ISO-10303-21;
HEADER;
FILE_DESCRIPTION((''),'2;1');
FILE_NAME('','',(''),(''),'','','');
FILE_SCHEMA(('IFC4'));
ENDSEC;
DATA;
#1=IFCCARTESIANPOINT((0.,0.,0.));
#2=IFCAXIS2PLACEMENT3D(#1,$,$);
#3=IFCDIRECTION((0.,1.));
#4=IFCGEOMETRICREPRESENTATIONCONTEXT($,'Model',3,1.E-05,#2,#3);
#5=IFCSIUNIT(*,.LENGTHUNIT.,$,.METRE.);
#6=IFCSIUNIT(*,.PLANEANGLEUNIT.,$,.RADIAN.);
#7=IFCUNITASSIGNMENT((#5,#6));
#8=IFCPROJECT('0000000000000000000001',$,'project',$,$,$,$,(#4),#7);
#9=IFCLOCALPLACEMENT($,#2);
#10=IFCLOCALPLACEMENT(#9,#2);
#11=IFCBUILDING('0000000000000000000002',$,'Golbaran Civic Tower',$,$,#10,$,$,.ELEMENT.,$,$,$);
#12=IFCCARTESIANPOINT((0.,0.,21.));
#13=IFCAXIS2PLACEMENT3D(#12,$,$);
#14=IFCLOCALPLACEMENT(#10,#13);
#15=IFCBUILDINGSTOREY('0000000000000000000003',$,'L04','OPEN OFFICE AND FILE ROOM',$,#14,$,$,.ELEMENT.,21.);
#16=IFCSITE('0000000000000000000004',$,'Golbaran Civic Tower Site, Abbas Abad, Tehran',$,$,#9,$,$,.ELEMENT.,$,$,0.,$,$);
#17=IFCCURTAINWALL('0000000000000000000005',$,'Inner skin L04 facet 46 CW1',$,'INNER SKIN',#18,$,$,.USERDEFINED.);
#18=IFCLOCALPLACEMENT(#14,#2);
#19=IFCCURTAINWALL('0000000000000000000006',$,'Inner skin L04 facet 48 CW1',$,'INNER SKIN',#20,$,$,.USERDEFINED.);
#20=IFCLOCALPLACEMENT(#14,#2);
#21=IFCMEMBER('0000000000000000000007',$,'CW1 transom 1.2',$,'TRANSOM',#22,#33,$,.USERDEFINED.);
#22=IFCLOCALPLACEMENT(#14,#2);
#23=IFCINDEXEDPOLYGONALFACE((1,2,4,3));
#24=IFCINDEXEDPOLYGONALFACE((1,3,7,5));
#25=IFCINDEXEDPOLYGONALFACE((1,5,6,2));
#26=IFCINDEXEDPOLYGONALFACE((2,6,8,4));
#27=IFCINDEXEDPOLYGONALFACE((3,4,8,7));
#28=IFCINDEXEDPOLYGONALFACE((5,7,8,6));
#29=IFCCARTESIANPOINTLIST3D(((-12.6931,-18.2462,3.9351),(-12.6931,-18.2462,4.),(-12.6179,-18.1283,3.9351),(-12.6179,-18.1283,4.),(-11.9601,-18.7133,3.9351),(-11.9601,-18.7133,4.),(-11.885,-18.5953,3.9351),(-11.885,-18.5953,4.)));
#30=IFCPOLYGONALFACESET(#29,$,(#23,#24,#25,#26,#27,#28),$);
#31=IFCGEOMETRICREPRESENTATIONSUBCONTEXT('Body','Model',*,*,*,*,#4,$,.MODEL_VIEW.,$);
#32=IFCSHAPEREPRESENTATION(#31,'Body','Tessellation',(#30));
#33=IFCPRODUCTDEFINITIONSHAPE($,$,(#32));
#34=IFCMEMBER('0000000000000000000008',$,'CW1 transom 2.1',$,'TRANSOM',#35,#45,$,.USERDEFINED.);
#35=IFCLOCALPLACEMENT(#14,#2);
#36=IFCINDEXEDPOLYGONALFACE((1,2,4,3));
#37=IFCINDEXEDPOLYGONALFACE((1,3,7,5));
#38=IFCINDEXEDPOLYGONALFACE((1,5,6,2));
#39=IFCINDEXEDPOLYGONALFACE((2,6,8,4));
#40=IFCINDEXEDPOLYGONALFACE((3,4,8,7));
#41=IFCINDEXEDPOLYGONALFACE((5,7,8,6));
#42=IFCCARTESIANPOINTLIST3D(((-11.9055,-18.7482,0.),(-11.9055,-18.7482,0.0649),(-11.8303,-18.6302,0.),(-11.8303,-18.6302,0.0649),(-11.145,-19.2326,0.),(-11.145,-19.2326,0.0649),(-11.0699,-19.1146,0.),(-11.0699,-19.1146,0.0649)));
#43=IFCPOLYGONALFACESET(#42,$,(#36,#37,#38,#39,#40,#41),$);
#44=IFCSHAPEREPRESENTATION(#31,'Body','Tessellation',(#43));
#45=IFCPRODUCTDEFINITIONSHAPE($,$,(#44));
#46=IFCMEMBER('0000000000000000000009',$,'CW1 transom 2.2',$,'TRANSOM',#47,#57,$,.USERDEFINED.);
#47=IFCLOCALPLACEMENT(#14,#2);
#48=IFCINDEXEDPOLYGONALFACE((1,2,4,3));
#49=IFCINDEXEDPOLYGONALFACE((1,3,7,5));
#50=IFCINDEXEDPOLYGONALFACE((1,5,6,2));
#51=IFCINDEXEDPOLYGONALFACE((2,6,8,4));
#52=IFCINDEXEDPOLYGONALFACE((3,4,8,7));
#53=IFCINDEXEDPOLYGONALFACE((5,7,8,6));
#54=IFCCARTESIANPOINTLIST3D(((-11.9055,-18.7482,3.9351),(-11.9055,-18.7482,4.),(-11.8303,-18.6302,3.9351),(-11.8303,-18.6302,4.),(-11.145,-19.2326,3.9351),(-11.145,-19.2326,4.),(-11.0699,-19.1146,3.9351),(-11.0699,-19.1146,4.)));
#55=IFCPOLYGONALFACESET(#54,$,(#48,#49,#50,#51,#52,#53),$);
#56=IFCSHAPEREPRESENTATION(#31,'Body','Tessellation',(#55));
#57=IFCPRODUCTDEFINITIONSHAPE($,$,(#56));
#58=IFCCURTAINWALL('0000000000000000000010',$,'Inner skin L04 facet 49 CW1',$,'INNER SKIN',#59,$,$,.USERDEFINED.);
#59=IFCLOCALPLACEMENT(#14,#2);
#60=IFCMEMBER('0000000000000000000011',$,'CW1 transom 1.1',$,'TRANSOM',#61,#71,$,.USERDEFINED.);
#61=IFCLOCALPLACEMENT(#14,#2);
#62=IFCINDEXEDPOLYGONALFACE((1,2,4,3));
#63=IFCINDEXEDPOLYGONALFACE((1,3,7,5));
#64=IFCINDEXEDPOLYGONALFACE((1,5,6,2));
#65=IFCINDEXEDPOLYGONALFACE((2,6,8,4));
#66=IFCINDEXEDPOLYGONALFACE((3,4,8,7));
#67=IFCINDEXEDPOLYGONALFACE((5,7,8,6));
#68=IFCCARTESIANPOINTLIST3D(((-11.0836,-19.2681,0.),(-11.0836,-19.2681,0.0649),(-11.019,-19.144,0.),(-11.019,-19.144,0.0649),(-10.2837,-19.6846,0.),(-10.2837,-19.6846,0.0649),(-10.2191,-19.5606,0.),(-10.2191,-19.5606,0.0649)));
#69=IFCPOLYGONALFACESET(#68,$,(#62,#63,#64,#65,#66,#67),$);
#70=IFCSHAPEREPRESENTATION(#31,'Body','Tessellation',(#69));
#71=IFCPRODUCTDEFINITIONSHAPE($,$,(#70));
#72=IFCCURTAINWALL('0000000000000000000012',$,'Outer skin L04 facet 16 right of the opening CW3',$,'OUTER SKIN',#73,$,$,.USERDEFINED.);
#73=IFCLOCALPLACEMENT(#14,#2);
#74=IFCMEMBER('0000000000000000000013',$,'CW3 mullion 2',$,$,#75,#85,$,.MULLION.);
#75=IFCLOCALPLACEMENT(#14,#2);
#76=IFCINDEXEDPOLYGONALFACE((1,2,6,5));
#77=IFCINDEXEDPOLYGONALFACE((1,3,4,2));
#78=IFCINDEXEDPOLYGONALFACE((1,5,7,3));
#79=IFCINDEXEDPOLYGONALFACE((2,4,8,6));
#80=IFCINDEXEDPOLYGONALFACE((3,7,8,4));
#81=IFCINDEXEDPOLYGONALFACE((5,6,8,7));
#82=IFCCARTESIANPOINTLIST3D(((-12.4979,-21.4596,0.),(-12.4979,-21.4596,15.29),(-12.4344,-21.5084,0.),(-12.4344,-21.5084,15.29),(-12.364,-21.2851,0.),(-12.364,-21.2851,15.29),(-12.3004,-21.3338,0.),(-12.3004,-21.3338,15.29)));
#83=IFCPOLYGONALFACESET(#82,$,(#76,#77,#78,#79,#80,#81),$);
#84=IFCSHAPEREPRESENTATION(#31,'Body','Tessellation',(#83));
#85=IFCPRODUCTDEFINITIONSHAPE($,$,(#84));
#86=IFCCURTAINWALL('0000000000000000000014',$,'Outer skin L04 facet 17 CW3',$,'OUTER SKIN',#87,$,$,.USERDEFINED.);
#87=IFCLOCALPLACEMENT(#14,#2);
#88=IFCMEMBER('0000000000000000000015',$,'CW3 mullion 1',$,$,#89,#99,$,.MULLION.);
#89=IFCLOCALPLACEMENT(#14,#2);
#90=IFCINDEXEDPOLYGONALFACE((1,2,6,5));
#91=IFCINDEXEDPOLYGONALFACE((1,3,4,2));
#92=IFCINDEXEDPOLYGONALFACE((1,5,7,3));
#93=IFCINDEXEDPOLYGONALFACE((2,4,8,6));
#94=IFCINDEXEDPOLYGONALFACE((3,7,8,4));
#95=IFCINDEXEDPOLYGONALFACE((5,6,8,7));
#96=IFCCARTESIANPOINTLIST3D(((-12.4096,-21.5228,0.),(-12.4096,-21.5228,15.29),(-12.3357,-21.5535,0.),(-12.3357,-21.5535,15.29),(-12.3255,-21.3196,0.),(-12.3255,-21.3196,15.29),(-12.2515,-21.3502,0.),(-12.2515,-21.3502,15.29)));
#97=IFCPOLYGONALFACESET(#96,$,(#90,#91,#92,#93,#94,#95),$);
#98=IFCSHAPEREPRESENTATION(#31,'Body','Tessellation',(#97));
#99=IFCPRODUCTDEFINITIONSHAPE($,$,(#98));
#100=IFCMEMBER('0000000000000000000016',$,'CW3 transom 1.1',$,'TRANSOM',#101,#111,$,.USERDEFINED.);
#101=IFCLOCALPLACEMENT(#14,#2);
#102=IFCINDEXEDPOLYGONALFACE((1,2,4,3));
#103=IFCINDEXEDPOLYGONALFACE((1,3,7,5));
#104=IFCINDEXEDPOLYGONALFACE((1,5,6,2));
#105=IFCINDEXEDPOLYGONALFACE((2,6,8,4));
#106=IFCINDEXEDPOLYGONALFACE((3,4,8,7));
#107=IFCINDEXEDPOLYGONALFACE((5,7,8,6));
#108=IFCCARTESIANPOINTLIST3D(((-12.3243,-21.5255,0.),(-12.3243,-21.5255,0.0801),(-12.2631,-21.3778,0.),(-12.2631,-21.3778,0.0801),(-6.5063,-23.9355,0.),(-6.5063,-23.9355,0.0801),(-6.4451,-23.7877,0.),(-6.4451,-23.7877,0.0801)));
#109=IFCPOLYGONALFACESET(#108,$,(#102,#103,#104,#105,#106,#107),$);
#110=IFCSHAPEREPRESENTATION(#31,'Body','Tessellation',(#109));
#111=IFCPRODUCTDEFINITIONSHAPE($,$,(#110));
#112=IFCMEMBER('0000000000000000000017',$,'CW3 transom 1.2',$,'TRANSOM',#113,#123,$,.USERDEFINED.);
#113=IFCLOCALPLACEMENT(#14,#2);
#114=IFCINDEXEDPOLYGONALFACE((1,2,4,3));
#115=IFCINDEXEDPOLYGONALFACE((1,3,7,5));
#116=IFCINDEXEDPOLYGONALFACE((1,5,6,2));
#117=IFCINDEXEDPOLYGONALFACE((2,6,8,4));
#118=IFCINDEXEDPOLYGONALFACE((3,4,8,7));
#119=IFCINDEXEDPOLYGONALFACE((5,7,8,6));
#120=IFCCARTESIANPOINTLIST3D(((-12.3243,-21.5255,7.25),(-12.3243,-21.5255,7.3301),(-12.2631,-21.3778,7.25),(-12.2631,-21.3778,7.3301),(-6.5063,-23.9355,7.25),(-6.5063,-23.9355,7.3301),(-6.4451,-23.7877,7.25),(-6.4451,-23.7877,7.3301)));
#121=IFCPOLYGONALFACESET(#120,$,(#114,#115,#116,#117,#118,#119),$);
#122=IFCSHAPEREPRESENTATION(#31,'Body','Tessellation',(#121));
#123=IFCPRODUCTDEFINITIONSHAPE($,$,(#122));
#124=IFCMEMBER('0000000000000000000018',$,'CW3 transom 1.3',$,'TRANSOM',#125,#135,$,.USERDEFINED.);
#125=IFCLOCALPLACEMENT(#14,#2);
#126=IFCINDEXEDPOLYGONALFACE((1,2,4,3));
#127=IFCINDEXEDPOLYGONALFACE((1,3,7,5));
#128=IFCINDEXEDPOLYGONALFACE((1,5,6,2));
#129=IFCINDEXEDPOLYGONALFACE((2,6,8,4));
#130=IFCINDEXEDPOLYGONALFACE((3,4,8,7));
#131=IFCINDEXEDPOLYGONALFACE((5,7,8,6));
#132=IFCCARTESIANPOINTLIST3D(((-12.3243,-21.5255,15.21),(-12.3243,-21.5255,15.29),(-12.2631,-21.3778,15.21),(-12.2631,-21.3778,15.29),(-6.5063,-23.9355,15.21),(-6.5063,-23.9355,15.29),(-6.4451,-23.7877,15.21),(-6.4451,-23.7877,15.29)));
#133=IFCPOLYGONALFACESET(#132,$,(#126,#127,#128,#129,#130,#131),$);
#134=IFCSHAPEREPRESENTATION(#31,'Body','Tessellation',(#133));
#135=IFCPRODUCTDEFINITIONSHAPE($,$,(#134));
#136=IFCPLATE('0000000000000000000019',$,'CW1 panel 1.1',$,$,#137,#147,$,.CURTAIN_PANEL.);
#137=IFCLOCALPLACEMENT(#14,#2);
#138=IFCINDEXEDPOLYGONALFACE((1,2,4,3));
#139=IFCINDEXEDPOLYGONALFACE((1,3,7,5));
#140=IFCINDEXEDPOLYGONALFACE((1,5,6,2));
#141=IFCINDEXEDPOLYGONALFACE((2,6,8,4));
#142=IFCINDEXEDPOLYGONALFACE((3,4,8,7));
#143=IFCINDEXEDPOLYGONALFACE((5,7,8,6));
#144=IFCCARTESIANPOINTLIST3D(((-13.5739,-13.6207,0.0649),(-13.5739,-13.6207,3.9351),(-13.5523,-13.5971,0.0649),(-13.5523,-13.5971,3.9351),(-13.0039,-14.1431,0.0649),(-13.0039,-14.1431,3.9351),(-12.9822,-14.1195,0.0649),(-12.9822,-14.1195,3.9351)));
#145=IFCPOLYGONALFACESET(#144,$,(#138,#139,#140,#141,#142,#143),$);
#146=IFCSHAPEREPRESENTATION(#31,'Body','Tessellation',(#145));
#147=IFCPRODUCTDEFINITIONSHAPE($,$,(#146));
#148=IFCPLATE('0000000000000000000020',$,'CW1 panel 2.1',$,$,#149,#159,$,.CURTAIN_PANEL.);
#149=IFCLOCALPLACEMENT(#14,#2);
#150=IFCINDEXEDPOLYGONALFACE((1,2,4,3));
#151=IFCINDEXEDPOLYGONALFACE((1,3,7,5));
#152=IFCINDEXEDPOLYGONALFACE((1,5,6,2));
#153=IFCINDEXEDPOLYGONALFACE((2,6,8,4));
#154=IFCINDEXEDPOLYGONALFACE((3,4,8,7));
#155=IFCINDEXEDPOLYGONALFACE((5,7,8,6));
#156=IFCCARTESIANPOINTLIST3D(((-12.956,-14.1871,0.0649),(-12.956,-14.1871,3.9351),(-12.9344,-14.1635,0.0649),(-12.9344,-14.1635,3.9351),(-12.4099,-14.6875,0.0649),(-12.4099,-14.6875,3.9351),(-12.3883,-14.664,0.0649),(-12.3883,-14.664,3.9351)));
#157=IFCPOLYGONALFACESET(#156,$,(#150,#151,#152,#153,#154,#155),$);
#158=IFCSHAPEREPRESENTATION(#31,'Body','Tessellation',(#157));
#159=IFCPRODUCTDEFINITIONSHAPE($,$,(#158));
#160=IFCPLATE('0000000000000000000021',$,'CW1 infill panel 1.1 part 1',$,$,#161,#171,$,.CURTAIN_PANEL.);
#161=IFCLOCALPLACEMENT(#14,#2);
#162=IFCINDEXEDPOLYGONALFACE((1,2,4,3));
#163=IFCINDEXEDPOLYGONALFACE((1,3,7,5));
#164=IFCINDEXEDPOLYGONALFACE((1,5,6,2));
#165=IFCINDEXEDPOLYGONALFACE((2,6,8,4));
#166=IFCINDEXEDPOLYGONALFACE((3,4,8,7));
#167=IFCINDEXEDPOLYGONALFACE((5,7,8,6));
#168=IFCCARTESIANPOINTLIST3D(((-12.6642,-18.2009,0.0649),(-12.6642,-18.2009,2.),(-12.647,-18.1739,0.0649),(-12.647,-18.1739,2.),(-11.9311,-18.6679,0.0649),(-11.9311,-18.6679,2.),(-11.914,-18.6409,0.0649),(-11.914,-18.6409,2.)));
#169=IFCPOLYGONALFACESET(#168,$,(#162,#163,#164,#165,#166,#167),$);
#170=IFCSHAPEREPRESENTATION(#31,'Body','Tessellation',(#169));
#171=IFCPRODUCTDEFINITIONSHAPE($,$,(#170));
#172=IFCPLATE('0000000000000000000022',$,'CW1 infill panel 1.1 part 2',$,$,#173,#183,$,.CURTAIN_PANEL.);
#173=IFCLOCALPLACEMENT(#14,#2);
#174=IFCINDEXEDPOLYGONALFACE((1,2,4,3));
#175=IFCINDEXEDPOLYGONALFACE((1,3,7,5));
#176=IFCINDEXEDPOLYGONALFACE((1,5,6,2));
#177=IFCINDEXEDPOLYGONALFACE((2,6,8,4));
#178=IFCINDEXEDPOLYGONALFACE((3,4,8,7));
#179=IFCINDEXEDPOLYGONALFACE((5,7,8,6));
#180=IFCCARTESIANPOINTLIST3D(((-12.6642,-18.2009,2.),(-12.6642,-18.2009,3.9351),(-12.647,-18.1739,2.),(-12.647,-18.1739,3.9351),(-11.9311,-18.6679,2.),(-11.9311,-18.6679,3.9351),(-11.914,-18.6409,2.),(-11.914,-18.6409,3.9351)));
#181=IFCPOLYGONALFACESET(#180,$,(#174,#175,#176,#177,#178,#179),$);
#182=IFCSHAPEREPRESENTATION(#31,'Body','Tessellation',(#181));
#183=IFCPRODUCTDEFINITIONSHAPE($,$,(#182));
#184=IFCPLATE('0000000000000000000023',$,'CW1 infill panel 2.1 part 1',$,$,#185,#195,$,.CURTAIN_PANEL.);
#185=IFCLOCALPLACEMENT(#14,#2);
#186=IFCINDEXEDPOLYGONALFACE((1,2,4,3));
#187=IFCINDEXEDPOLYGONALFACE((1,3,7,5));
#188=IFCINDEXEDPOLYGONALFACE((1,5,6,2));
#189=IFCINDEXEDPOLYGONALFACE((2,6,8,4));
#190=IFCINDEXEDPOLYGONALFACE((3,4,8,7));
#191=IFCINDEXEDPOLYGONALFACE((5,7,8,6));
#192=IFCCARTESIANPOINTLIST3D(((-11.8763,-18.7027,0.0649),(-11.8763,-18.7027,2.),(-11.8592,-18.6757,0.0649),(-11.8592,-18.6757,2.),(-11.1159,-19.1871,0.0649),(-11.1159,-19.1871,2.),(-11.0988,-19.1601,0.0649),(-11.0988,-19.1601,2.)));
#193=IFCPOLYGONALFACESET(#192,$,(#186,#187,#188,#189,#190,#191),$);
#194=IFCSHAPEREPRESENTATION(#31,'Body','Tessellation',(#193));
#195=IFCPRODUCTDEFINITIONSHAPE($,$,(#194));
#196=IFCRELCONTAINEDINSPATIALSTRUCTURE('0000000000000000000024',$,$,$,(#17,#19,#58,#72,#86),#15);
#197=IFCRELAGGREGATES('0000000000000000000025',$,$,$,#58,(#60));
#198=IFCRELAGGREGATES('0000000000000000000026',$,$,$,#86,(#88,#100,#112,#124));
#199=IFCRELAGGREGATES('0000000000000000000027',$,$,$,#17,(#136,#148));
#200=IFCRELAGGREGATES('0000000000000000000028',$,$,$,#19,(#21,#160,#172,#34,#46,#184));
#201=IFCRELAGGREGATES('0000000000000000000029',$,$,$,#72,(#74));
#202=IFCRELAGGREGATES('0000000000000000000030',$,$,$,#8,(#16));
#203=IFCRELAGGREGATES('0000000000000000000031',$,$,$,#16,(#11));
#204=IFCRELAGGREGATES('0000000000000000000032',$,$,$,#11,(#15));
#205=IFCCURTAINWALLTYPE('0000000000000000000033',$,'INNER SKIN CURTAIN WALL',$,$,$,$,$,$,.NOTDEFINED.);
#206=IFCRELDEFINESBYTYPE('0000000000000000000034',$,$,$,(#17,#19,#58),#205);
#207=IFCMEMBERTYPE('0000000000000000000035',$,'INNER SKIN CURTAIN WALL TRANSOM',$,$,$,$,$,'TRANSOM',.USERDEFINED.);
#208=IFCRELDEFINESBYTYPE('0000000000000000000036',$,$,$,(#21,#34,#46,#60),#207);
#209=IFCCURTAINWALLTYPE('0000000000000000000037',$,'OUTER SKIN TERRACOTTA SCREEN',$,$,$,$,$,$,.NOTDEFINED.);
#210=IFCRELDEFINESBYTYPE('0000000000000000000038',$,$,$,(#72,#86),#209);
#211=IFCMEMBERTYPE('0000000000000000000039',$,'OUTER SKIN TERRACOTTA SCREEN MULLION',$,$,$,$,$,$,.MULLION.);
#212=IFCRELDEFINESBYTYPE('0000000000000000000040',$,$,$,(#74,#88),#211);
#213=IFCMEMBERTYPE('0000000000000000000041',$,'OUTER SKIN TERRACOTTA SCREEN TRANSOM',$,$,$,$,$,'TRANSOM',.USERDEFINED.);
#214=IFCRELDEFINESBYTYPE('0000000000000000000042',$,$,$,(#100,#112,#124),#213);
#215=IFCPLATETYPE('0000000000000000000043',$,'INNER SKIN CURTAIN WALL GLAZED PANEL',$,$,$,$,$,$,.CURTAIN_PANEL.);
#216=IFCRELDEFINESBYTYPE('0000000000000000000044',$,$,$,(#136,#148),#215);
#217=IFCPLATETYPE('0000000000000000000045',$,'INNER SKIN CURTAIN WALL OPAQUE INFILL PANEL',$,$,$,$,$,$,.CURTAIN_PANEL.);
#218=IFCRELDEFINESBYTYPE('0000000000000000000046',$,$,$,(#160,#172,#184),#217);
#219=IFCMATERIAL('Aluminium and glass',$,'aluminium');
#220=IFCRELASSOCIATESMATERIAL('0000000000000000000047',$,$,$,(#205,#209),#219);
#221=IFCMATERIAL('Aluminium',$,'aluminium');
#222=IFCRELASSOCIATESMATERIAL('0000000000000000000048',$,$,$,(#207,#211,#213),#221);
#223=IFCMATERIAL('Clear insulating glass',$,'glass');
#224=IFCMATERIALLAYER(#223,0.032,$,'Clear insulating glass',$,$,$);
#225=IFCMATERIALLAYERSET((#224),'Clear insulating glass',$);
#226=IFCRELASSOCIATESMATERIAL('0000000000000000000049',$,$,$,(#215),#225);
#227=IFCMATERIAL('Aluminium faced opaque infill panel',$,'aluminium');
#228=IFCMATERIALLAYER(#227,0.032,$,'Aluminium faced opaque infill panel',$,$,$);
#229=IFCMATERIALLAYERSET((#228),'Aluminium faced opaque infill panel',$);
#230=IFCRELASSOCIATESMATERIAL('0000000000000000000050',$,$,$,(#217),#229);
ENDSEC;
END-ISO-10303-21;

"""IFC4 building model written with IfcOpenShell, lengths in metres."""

from ifc_helpers import new_model, si_unit, direction, frame, origin, origin_2d, place, context, subcontext, project, spatial, rectangle, extrude, material, layer, layer_set, material_profile, profile_set, type_object, element, aggregate, save


model = new_model("IFC4")

# Units and contexts
model_context = context("Model", 3, precision=1e-05, world=origin(), true_north=direction((0.0, 1.0)))
body_context = subcontext(model_context, "Body", "Model", "MODEL_VIEW")
ifc_project = project(units=[si_unit("LENGTHUNIT", "METRE"), si_unit("PLANEANGLEUNIT", "RADIAN")], contexts=[model_context])

# Site, building, storey
site_placement = place(None, origin())
site = spatial("IfcSite", under=ifc_project, at=site_placement, Name="Golbaran Civic Tower Site, Abbas Abad, Tehran", CompositionType="ELEMENT", RefElevation=0.0)
building_placement = place(site_placement, origin())
building = spatial("IfcBuilding", under=site, at=building_placement, Name="Golbaran Civic Tower", CompositionType="ELEMENT")
storey_placement = place(building_placement, frame((0.0, 0.0, 21.0)))
storey = spatial("IfcBuildingStorey", under=building, at=storey_placement, Name="L04", Description="OPEN OFFICE AND FILE ROOM", CompositionType="ELEMENT", Elevation=21.0)

# Shared definitions
ifc_material_1 = material(Name="Aluminium and glass", Category="aluminium")
curtain_wall_type_1 = type_object("IfcCurtainWallType", Name="INNER SKIN CURTAIN WALL", PredefinedType="NOTDEFINED", material=ifc_material_1)
ifc_material_2 = material(Name="Aluminium", Category="aluminium")

# Curtain walls
curtain_wall_1_placement = place(storey_placement, origin())
curtain_wall_1 = element("IfcCurtainWall", 1, at=curtain_wall_1_placement, inside=storey, type_object=curtain_wall_type_1, Name="Inner skin L04 facet 46 CW1", ObjectType="INNER SKIN", PredefinedType="USERDEFINED")
curtain_wall_2_placement = place(storey_placement, origin())
curtain_wall_2 = element("IfcCurtainWall", 2, at=curtain_wall_2_placement, inside=storey, type_object=curtain_wall_type_1, Name="Inner skin L04 facet 48 CW1", ObjectType="INNER SKIN", PredefinedType="USERDEFINED")

# Members
ifc_material_profile_1 = material_profile(ifc_material_2, rectangle(XDim=0.1399, YDim=0.0649, at=origin_2d()), Name="INNER SKIN CURTAIN WALL TRANSOM")
ifc_profile_set_1 = profile_set([ifc_material_profile_1], Name="Aluminium")
member_type_1 = type_object("IfcMemberType", Name="INNER SKIN CURTAIN WALL TRANSOM", ElementType="TRANSOM", PredefinedType="USERDEFINED", material=ifc_profile_set_1)
member_1_placement = place(storey_placement, frame((-12.6555, -18.1873, 3.9675), z_axis=(0.843326, -0.537403, 0.0), x_axis=(0.537403, 0.843326, 0.0)))
member_1 = element("IfcMember", 3, at=member_1_placement, type_object=member_type_1, Name="CW1 transom 1.2", ObjectType="TRANSOM", PredefinedType="USERDEFINED", context=body_context, shape_type="SweptSolid", body=[
    extrude(rectangle(XDim=0.1399, YDim=0.0649, at=origin_2d()), origin(), (0.0, 0.0, 1.0), 0.8691),
])
member_2_placement = place(storey_placement, frame((-11.8679, -18.6892, 0.0325), z_axis=(0.84345, -0.537208, 0.0), x_axis=(0.537208, 0.84345, 0.0)))
member_2 = element("IfcMember", 4, at=member_2_placement, type_object=member_type_1, Name="CW1 transom 2.1", ObjectType="TRANSOM", PredefinedType="USERDEFINED", context=body_context, shape_type="SweptSolid", body=[
    extrude(rectangle(XDim=0.1399, YDim=0.0649, at=origin_2d()), origin(), (0.0, 0.0, 1.0), 0.9016),
])
member_3_placement = place(storey_placement, frame((-11.8679, -18.6892, 3.9675), z_axis=(0.84345, -0.537208, 0.0), x_axis=(0.537208, 0.84345, 0.0)))
member_3 = element("IfcMember", 5, at=member_3_placement, type_object=member_type_1, Name="CW1 transom 2.2", ObjectType="TRANSOM", PredefinedType="USERDEFINED", context=body_context, shape_type="SweptSolid", body=[
    extrude(rectangle(XDim=0.1399, YDim=0.0649, at=origin_2d()), origin(), (0.0, 0.0, 1.0), 0.9016),
])

# Curtain walls, members
curtain_wall_3_placement = place(storey_placement, origin())
curtain_wall_3 = element("IfcCurtainWall", 6, at=curtain_wall_3_placement, inside=storey, type_object=curtain_wall_type_1, Name="Inner skin L04 facet 49 CW1", ObjectType="INNER SKIN", PredefinedType="USERDEFINED")
member_4_placement = place(storey_placement, frame((-11.0513, -19.2061, 0.0325), z_axis=(0.886942, -0.461881, 0.0), x_axis=(0.461881, 0.886942, 0.0)))
member_4 = element("IfcMember", 7, at=member_4_placement, type_object=member_type_1, Name="CW1 transom 1.1", ObjectType="TRANSOM", PredefinedType="USERDEFINED", context=body_context, shape_type="SweptSolid", body=[
    extrude(rectangle(XDim=0.1399, YDim=0.0649, at=origin_2d()), origin(), (0.0, 0.0, 1.0), 0.9019),
])
aggregate(curtain_wall_3, [member_4])
curtain_wall_type_2 = type_object("IfcCurtainWallType", Name="OUTER SKIN TERRACOTTA SCREEN", PredefinedType="NOTDEFINED", material=ifc_material_1)
curtain_wall_4_placement = place(storey_placement, origin())
curtain_wall_4 = element("IfcCurtainWall", 8, at=curtain_wall_4_placement, inside=storey, type_object=curtain_wall_type_2, Name="Outer skin L04 facet 16 right of the opening CW3", ObjectType="OUTER SKIN", PredefinedType="USERDEFINED")
ifc_material_profile_2 = material_profile(ifc_material_2, rectangle(XDim=0.22, YDim=0.0801, at=origin_2d()), Name="OUTER SKIN TERRACOTTA SCREEN MULLION")
ifc_profile_set_2 = profile_set([ifc_material_profile_2], Name="Aluminium")
member_type_2 = type_object("IfcMemberType", Name="OUTER SKIN TERRACOTTA SCREEN MULLION", PredefinedType="MULLION", material=ifc_profile_set_2)
member_5_placement = place(storey_placement, frame((-12.3992, -21.3967, 0.0), z_axis=(0.0, 0.0, 1.0), x_axis=(0.608761, 0.793353, 0.0)))
member_5 = element("IfcMember", 9, at=member_5_placement, type_object=member_type_2, Name="CW3 mullion 2", PredefinedType="MULLION", context=body_context, shape_type="SweptSolid", body=[
    extrude(rectangle(XDim=0.22, YDim=0.0801, at=origin_2d()), origin(), (0.0, 0.0, 1.0), 15.29),
])

# Curtain wall, members
curtain_wall_5_placement = place(storey_placement, origin())
curtain_wall_5 = element("IfcCurtainWall", 10, at=curtain_wall_5_placement, inside=storey, type_object=curtain_wall_type_2, Name="Outer skin L04 facet 17 CW3", ObjectType="OUTER SKIN", PredefinedType="USERDEFINED")
member_6_placement = place(storey_placement, frame((-12.3306, -21.4365, 0.0), z_axis=(0.0, 0.0, 1.0), x_axis=(0.382683, 0.92388, 0.0)))
member_6 = element("IfcMember", 11, at=member_6_placement, type_object=member_type_2, Name="CW3 mullion 1", PredefinedType="MULLION", context=body_context, shape_type="SweptSolid", body=[
    extrude(rectangle(XDim=0.22, YDim=0.0801, at=origin_2d()), origin(), (0.0, 0.0, 1.0), 15.29),
])
ifc_material_profile_3 = material_profile(ifc_material_2, rectangle(XDim=0.1599, YDim=0.0801, at=origin_2d()), Name="OUTER SKIN TERRACOTTA SCREEN TRANSOM")
ifc_profile_set_3 = profile_set([ifc_material_profile_3], Name="Aluminium")
member_type_3 = type_object("IfcMemberType", Name="OUTER SKIN TERRACOTTA SCREEN TRANSOM", ElementType="TRANSOM", PredefinedType="USERDEFINED", material=ifc_profile_set_3)
member_7_placement = place(storey_placement, frame((-12.2937, -21.4517, 0.04), z_axis=(0.923876, -0.382693, 0.0), x_axis=(0.382693, 0.923876, 0.0)))
member_7 = element("IfcMember", 12, at=member_7_placement, type_object=member_type_3, Name="CW3 transom 1.1", ObjectType="TRANSOM", PredefinedType="USERDEFINED", context=body_context, shape_type="SweptSolid", body=[
    extrude(rectangle(XDim=0.1599, YDim=0.0801, at=origin_2d()), origin(), (0.0, 0.0, 1.0), 6.2974),
])
member_8_placement = place(storey_placement, frame((-12.2937, -21.4517, 7.29), z_axis=(0.923876, -0.382693, 0.0), x_axis=(0.382693, 0.923876, 0.0)))
member_8 = element("IfcMember", 13, at=member_8_placement, type_object=member_type_3, Name="CW3 transom 1.2", ObjectType="TRANSOM", PredefinedType="USERDEFINED", context=body_context, shape_type="SweptSolid", body=[
    extrude(rectangle(XDim=0.1599, YDim=0.0801, at=origin_2d()), origin(), (0.0, 0.0, 1.0), 6.2974),
])
member_9_placement = place(storey_placement, frame((-12.2937, -21.4517, 15.25), z_axis=(0.923876, -0.382693, 0.0), x_axis=(0.382693, 0.923876, 0.0)))
member_9 = element("IfcMember", 14, at=member_9_placement, type_object=member_type_3, Name="CW3 transom 1.3", ObjectType="TRANSOM", PredefinedType="USERDEFINED", context=body_context, shape_type="SweptSolid", body=[
    extrude(rectangle(XDim=0.1599, YDim=0.0801, at=origin_2d()), origin(), (0.0, 0.0, 1.0), 6.2974),
])
aggregate(curtain_wall_5, [member_6, member_7, member_8, member_9])

# Plates
ifc_material_3 = material(Name="Clear insulating glass", Category="glass")
ifc_layer_1 = layer(ifc_material_3, 0.032, Name="Clear insulating glass")
ifc_layer_set_1 = layer_set([ifc_layer_1], Name="Clear insulating glass")
plate_type_1 = type_object("IfcPlateType", Name="INNER SKIN CURTAIN WALL GLAZED PANEL", PredefinedType="CURTAIN_PANEL", material=ifc_layer_set_1)
plate_1_placement = place(storey_placement, frame((-13.2781, -13.8701, 0.0649), z_axis=(0.0, 0.0, 1.0), x_axis=(0.737277, -0.67559, 0.0)))
plate_1 = element("IfcPlate", 15, at=plate_1_placement, type_object=plate_type_1, Name="CW1 panel 1.1", PredefinedType="CURTAIN_PANEL", context=body_context, shape_type="SweptSolid", body=[
    extrude(rectangle(XDim=0.7732, YDim=0.032, at=origin_2d()), origin(), (0.0, 0.0, 1.0), 3.8701),
])
plate_2_placement = place(storey_placement, frame((-12.6721, -14.4255, 0.0649), z_axis=(0.0, 0.0, 1.0), x_axis=(0.737277, -0.67559, 0.0)))
plate_2 = element("IfcPlate", 16, at=plate_2_placement, type_object=plate_type_1, Name="CW1 panel 2.1", PredefinedType="CURTAIN_PANEL", context=body_context, shape_type="SweptSolid", body=[
    extrude(rectangle(XDim=0.7407, YDim=0.032, at=origin_2d()), origin(), (0.0, 0.0, 1.0), 3.8701),
])
aggregate(curtain_wall_1, [plate_1, plate_2])
ifc_material_4 = material(Name="Aluminium faced opaque infill panel", Category="aluminium")
ifc_layer_2 = layer(ifc_material_4, 0.032, Name="Aluminium faced opaque infill panel")
ifc_layer_set_2 = layer_set([ifc_layer_2], Name="Aluminium faced opaque infill panel")
plate_type_2 = type_object("IfcPlateType", Name="INNER SKIN CURTAIN WALL OPAQUE INFILL PANEL", PredefinedType="CURTAIN_PANEL", material=ifc_layer_set_2)
plate_3_placement = place(storey_placement, frame((-12.2891, -18.4209, 0.0649), z_axis=(0.0, 0.0, 1.0), x_axis=(0.843391, -0.5373, 0.0)))
plate_3 = element("IfcPlate", 17, at=plate_3_placement, type_object=plate_type_2, Name="CW1 infill panel 1.1 part 1", PredefinedType="CURTAIN_PANEL", context=body_context, shape_type="SweptSolid", body=[
    extrude(rectangle(XDim=0.8691, YDim=0.032, at=origin_2d()), origin(), (0.0, 0.0, 1.0), 1.9351),
])
plate_4_placement = place(storey_placement, frame((-12.2891, -18.4209, 2.0), z_axis=(0.0, 0.0, 1.0), x_axis=(0.843391, -0.5373, 0.0)))
plate_4 = element("IfcPlate", 18, at=plate_4_placement, type_object=plate_type_2, Name="CW1 infill panel 1.1 part 2", PredefinedType="CURTAIN_PANEL", context=body_context, shape_type="SweptSolid", body=[
    extrude(rectangle(XDim=0.8691, YDim=0.032, at=origin_2d()), origin(), (0.0, 0.0, 1.0), 1.9351),
])
plate_5_placement = place(storey_placement, frame((-11.4875, -18.9314, 0.0649), z_axis=(0.0, 0.0, 1.0), x_axis=(0.843391, -0.5373, 0.0)))
plate_5 = element("IfcPlate", 19, at=plate_5_placement, type_object=plate_type_2, Name="CW1 infill panel 2.1 part 1", PredefinedType="CURTAIN_PANEL", context=body_context, shape_type="SweptSolid", body=[
    extrude(rectangle(XDim=0.9016, YDim=0.032, at=origin_2d()), origin(), (0.0, 0.0, 1.0), 1.9351),
])
aggregate(curtain_wall_2, [member_1, plate_3, plate_4, member_2, member_3, plate_5])
aggregate(curtain_wall_4, [member_5])

save(model, "model.ifc")
